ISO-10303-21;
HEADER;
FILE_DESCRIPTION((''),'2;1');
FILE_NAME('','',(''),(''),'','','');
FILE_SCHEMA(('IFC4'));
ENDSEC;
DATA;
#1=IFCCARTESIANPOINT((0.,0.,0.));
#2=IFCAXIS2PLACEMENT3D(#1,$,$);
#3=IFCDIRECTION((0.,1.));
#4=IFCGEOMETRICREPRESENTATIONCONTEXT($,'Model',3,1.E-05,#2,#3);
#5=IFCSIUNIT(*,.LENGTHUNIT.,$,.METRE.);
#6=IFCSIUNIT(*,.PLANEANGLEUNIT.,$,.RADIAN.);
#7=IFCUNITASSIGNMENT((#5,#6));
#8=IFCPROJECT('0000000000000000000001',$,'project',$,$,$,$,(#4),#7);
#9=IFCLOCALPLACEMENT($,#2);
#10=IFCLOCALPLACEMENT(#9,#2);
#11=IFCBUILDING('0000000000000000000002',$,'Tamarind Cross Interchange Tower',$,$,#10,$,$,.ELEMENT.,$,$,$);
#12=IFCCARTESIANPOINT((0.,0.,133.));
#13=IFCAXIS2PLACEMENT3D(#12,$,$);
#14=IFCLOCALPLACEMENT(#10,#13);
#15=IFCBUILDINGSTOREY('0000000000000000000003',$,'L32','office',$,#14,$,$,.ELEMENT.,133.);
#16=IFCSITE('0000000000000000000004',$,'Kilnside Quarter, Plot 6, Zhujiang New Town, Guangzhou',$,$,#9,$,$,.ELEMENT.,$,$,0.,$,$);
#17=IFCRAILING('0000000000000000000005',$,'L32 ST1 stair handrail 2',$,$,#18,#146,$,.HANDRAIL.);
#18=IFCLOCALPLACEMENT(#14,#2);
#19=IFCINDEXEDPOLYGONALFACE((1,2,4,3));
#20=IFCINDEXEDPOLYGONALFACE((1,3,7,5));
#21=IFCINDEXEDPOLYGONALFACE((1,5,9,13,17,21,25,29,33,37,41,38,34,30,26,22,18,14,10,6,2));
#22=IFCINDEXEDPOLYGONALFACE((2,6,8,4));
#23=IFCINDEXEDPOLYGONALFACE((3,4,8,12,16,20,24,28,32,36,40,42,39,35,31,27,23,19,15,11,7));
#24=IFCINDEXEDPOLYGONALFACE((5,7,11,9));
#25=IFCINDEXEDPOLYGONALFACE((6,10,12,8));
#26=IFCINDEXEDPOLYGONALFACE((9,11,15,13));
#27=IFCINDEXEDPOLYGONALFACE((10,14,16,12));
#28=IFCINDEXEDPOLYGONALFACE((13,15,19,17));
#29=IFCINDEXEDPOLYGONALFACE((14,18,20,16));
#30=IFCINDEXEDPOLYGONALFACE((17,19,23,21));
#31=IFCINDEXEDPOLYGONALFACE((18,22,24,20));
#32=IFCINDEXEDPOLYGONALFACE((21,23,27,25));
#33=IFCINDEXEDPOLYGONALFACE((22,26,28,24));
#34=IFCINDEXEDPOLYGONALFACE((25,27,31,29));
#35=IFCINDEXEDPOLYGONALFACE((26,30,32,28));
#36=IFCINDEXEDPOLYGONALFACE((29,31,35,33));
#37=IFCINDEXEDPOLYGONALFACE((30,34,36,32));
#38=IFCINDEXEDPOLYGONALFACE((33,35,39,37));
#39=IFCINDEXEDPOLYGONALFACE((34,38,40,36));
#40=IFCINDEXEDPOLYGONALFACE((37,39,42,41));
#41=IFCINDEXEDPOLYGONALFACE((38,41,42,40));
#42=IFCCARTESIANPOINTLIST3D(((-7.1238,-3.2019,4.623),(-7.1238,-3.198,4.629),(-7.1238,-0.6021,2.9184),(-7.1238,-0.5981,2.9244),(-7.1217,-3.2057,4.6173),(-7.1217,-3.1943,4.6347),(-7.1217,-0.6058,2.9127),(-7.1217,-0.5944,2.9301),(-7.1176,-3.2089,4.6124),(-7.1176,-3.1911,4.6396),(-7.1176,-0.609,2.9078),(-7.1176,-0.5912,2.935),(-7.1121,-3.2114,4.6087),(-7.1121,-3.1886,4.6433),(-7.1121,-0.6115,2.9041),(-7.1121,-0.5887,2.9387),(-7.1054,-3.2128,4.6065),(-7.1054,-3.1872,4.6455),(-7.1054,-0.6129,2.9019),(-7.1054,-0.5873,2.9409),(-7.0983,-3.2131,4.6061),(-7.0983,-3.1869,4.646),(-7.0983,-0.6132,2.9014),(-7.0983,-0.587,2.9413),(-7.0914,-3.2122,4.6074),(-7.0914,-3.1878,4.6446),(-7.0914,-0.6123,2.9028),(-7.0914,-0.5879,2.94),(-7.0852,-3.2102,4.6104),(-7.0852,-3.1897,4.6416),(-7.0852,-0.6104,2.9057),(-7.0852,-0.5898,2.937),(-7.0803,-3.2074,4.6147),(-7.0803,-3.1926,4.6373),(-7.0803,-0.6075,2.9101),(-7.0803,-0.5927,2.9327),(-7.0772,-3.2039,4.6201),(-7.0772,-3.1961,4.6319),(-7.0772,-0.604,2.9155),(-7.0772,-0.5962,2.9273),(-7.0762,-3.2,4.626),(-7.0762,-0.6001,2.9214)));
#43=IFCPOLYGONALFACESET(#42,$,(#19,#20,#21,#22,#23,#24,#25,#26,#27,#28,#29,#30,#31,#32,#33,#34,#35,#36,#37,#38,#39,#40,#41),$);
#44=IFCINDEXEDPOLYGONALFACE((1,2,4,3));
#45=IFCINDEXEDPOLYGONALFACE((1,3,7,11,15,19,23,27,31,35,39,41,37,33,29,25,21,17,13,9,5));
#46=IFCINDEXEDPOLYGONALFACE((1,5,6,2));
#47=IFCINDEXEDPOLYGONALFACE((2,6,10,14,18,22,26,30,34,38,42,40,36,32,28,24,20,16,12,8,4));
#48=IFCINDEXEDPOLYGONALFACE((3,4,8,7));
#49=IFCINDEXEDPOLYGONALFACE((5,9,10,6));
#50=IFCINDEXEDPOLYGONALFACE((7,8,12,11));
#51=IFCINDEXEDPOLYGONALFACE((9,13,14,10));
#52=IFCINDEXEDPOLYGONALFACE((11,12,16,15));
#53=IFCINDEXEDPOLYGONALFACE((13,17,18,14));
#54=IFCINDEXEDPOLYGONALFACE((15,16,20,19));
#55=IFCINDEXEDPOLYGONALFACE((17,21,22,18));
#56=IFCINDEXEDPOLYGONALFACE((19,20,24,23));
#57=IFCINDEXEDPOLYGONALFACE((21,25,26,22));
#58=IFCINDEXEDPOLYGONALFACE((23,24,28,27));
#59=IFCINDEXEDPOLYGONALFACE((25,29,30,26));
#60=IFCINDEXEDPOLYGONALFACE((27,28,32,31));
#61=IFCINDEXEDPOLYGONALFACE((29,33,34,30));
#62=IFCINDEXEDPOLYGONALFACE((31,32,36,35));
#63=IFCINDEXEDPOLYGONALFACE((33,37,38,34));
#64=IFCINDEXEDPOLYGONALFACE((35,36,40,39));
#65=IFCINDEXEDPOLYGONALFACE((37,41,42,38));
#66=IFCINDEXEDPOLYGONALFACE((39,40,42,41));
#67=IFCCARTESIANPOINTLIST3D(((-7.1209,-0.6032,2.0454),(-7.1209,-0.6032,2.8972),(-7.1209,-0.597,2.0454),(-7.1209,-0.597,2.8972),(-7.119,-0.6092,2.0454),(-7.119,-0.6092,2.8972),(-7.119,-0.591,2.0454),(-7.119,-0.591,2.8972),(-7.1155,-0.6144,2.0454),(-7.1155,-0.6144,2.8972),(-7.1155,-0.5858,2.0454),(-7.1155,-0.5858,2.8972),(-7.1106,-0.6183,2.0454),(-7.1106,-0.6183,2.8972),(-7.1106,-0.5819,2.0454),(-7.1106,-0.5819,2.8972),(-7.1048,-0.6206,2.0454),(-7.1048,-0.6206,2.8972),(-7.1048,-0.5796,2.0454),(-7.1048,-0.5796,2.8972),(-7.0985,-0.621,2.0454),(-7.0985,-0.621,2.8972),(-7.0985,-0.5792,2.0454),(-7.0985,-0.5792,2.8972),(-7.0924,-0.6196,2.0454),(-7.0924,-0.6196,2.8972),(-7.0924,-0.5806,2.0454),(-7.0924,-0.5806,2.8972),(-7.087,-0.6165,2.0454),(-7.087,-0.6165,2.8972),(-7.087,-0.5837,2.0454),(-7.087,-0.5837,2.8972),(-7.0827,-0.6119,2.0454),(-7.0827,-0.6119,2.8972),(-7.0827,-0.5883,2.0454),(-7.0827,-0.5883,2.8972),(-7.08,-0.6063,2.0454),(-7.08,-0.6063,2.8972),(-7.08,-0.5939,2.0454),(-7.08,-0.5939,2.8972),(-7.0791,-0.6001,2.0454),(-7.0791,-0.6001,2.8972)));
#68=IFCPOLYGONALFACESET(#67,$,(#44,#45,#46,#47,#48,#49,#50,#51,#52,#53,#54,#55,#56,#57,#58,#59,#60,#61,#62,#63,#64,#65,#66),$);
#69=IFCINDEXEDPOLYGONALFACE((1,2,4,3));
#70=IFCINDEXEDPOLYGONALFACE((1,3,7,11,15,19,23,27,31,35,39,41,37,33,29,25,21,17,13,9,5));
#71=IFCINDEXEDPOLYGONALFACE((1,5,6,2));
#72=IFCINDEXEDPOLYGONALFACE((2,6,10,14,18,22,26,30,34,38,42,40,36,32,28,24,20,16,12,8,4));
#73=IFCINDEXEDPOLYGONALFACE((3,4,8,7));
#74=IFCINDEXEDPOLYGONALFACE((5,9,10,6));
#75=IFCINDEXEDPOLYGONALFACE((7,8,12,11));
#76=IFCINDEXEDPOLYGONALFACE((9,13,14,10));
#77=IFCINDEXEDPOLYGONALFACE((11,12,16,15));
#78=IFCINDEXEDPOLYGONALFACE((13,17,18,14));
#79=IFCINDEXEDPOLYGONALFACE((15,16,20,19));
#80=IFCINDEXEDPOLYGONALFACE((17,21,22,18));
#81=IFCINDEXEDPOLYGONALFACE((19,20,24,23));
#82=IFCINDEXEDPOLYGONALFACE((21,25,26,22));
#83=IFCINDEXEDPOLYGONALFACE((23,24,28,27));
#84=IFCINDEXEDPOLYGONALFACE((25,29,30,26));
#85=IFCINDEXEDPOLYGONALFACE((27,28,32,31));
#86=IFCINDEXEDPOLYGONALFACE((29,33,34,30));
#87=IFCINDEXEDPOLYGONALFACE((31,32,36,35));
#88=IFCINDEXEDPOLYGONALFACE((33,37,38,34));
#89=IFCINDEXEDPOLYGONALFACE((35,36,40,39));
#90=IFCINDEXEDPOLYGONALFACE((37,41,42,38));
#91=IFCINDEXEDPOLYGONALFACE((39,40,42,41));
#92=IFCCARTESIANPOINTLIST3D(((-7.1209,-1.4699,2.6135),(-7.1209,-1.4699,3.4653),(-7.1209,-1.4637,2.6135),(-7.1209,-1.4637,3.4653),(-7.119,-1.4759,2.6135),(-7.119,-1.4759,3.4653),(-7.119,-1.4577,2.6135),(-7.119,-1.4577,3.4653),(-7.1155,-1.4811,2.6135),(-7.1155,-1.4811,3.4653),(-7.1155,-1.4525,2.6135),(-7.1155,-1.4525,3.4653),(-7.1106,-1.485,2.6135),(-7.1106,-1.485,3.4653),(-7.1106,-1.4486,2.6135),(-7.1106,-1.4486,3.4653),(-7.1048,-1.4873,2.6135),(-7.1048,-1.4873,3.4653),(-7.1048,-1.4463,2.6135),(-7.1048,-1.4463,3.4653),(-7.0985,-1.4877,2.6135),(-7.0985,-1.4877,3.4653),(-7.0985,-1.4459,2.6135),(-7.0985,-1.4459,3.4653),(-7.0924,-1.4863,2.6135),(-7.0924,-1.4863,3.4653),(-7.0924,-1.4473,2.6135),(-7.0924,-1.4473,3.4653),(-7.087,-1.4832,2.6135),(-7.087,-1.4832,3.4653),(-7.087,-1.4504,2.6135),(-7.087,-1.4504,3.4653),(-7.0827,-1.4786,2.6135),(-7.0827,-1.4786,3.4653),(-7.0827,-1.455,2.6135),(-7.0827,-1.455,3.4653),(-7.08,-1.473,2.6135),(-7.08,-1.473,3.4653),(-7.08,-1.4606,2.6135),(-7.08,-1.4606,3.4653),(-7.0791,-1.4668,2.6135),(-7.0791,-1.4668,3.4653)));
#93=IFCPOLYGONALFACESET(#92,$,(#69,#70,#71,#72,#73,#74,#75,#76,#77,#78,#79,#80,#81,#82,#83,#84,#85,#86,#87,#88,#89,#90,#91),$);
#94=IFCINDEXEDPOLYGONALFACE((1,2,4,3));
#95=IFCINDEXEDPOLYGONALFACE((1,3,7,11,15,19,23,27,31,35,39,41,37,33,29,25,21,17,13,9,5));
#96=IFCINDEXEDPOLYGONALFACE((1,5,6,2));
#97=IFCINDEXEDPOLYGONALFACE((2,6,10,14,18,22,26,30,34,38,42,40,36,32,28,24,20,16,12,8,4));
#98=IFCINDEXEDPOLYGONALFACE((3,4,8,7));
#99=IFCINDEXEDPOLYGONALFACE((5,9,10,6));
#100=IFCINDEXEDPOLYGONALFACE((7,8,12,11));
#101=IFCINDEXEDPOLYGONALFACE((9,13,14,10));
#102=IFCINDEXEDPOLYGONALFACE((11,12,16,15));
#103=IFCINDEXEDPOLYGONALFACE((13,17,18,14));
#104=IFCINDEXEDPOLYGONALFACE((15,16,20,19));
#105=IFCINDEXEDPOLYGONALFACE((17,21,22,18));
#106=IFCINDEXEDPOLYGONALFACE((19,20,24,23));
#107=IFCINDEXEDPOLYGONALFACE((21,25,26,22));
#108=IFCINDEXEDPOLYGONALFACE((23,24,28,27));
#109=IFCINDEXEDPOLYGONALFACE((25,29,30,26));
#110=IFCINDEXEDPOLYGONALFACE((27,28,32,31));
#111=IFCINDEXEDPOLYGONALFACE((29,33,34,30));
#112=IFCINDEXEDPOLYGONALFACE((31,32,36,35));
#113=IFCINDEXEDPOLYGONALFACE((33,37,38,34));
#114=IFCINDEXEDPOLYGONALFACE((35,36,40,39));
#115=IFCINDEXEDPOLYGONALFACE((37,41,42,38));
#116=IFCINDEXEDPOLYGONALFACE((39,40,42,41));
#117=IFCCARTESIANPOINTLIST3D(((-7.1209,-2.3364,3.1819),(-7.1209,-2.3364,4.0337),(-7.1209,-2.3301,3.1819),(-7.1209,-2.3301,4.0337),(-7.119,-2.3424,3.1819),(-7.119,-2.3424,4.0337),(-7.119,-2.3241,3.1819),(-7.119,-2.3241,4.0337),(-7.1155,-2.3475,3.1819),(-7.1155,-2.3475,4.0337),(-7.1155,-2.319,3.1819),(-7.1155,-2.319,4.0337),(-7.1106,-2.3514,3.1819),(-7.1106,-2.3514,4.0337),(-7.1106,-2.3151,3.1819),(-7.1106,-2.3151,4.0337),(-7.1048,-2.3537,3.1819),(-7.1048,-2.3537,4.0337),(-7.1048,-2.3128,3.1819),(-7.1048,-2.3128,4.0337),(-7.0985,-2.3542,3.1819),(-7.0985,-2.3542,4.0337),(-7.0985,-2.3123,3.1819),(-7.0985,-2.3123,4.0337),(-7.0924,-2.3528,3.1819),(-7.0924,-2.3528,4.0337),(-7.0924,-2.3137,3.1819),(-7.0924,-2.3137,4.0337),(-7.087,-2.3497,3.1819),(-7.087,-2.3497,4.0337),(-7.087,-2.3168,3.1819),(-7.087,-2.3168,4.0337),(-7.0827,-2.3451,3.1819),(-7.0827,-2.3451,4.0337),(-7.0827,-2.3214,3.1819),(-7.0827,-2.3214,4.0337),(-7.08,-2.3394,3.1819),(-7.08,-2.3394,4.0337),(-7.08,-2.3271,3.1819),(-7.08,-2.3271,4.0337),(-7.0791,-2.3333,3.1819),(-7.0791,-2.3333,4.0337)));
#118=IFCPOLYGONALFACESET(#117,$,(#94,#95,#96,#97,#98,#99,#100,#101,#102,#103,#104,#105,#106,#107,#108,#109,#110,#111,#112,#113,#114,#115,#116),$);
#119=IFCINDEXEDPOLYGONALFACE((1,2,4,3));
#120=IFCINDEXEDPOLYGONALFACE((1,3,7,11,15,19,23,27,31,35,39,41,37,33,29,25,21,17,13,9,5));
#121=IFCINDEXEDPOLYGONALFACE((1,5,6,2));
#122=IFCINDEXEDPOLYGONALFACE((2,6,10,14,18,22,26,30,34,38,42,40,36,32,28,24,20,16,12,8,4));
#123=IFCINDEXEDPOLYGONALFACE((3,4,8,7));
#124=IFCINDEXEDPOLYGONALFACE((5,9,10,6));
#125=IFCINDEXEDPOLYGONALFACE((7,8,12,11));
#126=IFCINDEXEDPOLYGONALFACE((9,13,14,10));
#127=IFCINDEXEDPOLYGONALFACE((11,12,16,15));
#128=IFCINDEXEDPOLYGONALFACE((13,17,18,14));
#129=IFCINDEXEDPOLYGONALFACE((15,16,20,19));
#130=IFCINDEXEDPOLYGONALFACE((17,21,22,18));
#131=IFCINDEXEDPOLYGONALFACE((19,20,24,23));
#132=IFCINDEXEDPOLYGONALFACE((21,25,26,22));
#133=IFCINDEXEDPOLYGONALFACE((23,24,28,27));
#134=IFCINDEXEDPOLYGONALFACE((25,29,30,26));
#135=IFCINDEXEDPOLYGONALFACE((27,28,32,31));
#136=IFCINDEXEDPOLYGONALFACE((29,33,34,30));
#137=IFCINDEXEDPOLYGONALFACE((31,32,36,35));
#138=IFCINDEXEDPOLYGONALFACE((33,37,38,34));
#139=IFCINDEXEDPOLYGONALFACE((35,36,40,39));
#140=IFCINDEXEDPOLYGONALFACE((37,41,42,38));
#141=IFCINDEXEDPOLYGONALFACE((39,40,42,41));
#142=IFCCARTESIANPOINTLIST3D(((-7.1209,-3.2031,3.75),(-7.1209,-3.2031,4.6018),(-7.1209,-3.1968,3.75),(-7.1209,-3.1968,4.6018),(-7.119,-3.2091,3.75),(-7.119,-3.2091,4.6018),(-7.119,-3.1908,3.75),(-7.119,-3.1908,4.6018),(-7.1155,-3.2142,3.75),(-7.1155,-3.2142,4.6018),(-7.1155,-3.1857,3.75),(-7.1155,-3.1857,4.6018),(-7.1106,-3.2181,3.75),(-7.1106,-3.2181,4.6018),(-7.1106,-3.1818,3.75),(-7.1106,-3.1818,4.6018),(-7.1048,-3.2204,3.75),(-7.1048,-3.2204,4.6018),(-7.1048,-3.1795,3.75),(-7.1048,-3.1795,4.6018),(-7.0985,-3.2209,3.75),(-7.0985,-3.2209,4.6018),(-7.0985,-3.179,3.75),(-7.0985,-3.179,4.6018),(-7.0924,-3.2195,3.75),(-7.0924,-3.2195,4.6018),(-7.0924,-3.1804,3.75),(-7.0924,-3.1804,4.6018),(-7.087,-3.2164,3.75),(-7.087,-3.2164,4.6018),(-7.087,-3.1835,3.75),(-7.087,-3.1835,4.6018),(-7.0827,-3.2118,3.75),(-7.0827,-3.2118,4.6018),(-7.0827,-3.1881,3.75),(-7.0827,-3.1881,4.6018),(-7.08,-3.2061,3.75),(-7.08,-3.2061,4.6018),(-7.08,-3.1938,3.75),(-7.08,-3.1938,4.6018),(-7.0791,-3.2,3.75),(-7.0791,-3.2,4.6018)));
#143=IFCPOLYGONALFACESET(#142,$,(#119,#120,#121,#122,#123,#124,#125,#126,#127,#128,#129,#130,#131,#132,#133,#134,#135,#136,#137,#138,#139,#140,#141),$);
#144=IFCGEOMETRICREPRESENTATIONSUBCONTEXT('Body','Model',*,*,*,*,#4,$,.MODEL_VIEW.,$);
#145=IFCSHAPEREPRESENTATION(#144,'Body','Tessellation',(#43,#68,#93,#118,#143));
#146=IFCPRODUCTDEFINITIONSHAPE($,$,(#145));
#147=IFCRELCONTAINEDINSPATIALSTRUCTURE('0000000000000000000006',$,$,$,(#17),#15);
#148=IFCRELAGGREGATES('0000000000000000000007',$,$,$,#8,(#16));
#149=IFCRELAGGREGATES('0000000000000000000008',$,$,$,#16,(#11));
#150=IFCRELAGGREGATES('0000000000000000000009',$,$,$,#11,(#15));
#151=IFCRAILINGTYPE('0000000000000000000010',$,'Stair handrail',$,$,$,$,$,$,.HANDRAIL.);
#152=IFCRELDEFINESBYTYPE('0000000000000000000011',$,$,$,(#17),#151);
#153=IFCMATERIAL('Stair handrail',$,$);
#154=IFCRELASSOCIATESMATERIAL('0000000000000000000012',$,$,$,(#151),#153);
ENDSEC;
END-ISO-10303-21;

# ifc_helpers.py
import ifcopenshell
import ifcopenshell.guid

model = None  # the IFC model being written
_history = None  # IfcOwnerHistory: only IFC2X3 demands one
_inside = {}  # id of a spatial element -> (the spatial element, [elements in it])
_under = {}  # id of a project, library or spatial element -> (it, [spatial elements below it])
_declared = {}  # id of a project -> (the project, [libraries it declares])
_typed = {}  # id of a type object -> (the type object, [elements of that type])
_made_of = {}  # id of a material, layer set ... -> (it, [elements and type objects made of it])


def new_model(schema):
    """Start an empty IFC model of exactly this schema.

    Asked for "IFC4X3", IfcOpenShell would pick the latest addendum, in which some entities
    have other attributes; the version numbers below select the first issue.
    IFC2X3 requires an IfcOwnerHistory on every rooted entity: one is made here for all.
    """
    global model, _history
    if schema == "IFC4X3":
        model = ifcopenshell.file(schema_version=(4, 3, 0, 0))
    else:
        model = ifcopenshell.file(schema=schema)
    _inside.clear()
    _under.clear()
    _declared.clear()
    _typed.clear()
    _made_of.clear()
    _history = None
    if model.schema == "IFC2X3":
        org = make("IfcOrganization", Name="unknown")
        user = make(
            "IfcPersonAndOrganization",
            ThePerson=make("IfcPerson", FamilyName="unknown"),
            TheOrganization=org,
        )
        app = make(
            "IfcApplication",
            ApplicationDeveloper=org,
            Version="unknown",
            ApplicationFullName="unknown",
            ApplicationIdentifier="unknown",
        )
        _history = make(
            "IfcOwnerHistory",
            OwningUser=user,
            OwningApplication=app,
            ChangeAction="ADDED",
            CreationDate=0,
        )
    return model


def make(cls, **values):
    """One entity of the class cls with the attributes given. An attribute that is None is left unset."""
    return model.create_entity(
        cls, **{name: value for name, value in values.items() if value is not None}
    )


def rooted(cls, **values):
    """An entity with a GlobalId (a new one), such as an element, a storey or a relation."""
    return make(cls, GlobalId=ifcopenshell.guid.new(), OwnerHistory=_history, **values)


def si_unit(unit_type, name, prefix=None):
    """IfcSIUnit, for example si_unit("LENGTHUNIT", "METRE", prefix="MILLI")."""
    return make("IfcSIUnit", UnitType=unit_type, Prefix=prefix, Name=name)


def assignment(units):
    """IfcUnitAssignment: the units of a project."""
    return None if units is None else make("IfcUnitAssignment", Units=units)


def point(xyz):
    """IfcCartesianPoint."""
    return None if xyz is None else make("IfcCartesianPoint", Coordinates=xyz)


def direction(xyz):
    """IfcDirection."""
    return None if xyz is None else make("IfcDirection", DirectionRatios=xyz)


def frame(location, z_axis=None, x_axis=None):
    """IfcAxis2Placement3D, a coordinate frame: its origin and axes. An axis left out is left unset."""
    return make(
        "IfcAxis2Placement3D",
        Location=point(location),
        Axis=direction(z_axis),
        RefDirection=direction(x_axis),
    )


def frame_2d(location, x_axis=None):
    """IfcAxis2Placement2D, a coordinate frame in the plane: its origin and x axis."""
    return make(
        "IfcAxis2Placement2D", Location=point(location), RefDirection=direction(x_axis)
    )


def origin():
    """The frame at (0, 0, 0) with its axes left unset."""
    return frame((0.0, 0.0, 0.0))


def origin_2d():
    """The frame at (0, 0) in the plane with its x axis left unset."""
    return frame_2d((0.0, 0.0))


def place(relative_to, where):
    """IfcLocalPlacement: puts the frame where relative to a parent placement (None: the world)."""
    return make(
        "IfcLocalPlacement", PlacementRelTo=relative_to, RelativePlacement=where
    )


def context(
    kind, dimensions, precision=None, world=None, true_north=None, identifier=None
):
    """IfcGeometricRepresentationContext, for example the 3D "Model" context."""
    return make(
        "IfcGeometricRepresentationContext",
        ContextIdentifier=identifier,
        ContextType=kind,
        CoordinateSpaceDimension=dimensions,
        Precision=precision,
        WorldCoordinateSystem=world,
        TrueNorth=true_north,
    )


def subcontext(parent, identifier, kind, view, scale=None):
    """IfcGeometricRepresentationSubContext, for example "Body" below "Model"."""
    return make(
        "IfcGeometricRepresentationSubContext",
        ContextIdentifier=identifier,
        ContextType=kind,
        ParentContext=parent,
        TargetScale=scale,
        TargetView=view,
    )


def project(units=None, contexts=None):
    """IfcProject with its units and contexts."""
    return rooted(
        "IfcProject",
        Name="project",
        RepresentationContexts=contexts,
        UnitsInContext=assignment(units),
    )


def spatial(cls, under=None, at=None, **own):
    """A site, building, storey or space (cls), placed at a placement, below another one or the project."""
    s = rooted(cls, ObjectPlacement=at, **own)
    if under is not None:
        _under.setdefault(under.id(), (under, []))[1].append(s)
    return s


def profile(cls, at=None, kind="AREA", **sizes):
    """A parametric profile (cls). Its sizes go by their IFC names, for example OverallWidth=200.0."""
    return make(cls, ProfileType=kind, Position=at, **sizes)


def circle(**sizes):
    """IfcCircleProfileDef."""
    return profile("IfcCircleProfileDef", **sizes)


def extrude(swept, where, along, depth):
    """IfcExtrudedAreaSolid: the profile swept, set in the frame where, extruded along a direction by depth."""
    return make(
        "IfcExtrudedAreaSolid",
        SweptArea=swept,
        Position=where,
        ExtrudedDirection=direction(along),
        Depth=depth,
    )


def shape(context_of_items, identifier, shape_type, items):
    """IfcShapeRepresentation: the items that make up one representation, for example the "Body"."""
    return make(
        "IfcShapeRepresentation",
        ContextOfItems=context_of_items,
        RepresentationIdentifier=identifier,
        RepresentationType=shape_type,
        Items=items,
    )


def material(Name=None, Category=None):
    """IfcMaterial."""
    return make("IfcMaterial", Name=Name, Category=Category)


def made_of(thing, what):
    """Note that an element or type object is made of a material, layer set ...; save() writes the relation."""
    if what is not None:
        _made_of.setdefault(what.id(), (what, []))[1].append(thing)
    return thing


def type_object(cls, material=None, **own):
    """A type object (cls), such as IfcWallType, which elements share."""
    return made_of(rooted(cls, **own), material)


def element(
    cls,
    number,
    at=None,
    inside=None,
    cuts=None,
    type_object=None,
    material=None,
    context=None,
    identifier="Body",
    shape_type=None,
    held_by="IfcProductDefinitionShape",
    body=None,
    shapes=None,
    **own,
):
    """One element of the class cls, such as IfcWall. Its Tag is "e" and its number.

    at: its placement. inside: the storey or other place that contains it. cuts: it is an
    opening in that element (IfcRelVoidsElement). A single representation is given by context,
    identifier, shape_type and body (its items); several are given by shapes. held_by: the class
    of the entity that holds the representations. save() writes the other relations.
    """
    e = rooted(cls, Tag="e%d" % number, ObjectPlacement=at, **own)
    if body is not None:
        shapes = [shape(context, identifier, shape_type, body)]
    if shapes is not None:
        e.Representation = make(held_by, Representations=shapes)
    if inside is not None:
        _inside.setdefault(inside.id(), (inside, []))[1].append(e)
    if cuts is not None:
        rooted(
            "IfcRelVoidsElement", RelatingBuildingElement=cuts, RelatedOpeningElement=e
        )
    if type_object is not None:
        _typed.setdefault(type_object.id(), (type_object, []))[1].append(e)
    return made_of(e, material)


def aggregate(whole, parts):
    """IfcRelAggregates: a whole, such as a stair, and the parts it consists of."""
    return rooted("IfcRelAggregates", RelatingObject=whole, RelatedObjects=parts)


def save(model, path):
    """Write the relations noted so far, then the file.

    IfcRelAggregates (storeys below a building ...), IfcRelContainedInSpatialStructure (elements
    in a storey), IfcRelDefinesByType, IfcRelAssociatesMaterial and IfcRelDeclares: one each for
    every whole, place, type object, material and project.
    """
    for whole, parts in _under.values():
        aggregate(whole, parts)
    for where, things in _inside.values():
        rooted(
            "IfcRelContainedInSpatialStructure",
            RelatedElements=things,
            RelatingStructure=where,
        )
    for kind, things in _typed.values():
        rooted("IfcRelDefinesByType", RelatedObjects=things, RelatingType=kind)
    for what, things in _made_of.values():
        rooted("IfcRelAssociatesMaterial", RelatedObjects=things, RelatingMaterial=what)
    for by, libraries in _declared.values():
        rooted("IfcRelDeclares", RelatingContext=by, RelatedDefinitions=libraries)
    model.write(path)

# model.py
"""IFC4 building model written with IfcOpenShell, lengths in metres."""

from ifc_helpers import new_model, si_unit, direction, frame, origin, origin_2d, place, context, subcontext, project, spatial, circle, extrude, material, type_object, element, save


model = new_model("IFC4")

# Units and contexts
model_context = context("Model", 3, precision=1e-05, world=origin(), true_north=direction((0.0, 1.0)))
body_context = subcontext(model_context, "Body", "Model", "MODEL_VIEW")
ifc_project = project(units=[si_unit("LENGTHUNIT", "METRE"), si_unit("PLANEANGLEUNIT", "RADIAN")], contexts=[model_context])

# Site, building, storey
site_placement = place(None, origin())
site = spatial("IfcSite", under=ifc_project, at=site_placement, Name="Kilnside Quarter, Plot 6, Zhujiang New Town, Guangzhou", CompositionType="ELEMENT", RefElevation=0.0)
building_placement = place(site_placement, origin())
building = spatial("IfcBuilding", under=site, at=building_placement, Name="Tamarind Cross Interchange Tower", CompositionType="ELEMENT")
storey_placement = place(building_placement, frame((0.0, 0.0, 133.0)))
storey = spatial("IfcBuildingStorey", under=building, at=storey_placement, Name="L32", Description="office", CompositionType="ELEMENT", Elevation=133.0)

# Railing
ifc_material_1 = material(Name="Stair handrail")
railing_type_1 = type_object("IfcRailingType", Name="Stair handrail", PredefinedType="HANDRAIL", material=ifc_material_1)
railing_1_placement = place(storey_placement, frame((-7.1001, -0.6001, 2.0454)))
element("IfcRailing", 1, at=railing_1_placement, inside=storey, type_object=railing_type_1, Name="L32 ST1 stair handrail 2", PredefinedType="HANDRAIL", context=body_context, shape_type="SweptSolid", body=[
    extrude(circle(Radius=0.0239, at=origin_2d()), frame((0.0, 0.0, 0.876), z_axis=(0.0, -0.836279, 0.548305), x_axis=(1.0, 0.0, 0.0)), (0.0, 0.0, 1.0), 3.1089),
    extrude(circle(Radius=0.021, at=origin_2d()), origin(), (0.0, 0.0, 1.0), 0.8518),
    extrude(circle(Radius=0.021, at=origin_2d()), frame((0.0, -0.8667, 0.5681)), (0.0, 0.0, 1.0), 0.8518),
    extrude(circle(Radius=0.021, at=origin_2d()), frame((0.0, -1.7332, 1.1365)), (0.0, 0.0, 1.0), 0.8518),
    extrude(circle(Radius=0.021, at=origin_2d()), frame((0.0, -2.5999, 1.7046)), (0.0, 0.0, 1.0), 0.8518),
])

save(model, "model.ifc")
